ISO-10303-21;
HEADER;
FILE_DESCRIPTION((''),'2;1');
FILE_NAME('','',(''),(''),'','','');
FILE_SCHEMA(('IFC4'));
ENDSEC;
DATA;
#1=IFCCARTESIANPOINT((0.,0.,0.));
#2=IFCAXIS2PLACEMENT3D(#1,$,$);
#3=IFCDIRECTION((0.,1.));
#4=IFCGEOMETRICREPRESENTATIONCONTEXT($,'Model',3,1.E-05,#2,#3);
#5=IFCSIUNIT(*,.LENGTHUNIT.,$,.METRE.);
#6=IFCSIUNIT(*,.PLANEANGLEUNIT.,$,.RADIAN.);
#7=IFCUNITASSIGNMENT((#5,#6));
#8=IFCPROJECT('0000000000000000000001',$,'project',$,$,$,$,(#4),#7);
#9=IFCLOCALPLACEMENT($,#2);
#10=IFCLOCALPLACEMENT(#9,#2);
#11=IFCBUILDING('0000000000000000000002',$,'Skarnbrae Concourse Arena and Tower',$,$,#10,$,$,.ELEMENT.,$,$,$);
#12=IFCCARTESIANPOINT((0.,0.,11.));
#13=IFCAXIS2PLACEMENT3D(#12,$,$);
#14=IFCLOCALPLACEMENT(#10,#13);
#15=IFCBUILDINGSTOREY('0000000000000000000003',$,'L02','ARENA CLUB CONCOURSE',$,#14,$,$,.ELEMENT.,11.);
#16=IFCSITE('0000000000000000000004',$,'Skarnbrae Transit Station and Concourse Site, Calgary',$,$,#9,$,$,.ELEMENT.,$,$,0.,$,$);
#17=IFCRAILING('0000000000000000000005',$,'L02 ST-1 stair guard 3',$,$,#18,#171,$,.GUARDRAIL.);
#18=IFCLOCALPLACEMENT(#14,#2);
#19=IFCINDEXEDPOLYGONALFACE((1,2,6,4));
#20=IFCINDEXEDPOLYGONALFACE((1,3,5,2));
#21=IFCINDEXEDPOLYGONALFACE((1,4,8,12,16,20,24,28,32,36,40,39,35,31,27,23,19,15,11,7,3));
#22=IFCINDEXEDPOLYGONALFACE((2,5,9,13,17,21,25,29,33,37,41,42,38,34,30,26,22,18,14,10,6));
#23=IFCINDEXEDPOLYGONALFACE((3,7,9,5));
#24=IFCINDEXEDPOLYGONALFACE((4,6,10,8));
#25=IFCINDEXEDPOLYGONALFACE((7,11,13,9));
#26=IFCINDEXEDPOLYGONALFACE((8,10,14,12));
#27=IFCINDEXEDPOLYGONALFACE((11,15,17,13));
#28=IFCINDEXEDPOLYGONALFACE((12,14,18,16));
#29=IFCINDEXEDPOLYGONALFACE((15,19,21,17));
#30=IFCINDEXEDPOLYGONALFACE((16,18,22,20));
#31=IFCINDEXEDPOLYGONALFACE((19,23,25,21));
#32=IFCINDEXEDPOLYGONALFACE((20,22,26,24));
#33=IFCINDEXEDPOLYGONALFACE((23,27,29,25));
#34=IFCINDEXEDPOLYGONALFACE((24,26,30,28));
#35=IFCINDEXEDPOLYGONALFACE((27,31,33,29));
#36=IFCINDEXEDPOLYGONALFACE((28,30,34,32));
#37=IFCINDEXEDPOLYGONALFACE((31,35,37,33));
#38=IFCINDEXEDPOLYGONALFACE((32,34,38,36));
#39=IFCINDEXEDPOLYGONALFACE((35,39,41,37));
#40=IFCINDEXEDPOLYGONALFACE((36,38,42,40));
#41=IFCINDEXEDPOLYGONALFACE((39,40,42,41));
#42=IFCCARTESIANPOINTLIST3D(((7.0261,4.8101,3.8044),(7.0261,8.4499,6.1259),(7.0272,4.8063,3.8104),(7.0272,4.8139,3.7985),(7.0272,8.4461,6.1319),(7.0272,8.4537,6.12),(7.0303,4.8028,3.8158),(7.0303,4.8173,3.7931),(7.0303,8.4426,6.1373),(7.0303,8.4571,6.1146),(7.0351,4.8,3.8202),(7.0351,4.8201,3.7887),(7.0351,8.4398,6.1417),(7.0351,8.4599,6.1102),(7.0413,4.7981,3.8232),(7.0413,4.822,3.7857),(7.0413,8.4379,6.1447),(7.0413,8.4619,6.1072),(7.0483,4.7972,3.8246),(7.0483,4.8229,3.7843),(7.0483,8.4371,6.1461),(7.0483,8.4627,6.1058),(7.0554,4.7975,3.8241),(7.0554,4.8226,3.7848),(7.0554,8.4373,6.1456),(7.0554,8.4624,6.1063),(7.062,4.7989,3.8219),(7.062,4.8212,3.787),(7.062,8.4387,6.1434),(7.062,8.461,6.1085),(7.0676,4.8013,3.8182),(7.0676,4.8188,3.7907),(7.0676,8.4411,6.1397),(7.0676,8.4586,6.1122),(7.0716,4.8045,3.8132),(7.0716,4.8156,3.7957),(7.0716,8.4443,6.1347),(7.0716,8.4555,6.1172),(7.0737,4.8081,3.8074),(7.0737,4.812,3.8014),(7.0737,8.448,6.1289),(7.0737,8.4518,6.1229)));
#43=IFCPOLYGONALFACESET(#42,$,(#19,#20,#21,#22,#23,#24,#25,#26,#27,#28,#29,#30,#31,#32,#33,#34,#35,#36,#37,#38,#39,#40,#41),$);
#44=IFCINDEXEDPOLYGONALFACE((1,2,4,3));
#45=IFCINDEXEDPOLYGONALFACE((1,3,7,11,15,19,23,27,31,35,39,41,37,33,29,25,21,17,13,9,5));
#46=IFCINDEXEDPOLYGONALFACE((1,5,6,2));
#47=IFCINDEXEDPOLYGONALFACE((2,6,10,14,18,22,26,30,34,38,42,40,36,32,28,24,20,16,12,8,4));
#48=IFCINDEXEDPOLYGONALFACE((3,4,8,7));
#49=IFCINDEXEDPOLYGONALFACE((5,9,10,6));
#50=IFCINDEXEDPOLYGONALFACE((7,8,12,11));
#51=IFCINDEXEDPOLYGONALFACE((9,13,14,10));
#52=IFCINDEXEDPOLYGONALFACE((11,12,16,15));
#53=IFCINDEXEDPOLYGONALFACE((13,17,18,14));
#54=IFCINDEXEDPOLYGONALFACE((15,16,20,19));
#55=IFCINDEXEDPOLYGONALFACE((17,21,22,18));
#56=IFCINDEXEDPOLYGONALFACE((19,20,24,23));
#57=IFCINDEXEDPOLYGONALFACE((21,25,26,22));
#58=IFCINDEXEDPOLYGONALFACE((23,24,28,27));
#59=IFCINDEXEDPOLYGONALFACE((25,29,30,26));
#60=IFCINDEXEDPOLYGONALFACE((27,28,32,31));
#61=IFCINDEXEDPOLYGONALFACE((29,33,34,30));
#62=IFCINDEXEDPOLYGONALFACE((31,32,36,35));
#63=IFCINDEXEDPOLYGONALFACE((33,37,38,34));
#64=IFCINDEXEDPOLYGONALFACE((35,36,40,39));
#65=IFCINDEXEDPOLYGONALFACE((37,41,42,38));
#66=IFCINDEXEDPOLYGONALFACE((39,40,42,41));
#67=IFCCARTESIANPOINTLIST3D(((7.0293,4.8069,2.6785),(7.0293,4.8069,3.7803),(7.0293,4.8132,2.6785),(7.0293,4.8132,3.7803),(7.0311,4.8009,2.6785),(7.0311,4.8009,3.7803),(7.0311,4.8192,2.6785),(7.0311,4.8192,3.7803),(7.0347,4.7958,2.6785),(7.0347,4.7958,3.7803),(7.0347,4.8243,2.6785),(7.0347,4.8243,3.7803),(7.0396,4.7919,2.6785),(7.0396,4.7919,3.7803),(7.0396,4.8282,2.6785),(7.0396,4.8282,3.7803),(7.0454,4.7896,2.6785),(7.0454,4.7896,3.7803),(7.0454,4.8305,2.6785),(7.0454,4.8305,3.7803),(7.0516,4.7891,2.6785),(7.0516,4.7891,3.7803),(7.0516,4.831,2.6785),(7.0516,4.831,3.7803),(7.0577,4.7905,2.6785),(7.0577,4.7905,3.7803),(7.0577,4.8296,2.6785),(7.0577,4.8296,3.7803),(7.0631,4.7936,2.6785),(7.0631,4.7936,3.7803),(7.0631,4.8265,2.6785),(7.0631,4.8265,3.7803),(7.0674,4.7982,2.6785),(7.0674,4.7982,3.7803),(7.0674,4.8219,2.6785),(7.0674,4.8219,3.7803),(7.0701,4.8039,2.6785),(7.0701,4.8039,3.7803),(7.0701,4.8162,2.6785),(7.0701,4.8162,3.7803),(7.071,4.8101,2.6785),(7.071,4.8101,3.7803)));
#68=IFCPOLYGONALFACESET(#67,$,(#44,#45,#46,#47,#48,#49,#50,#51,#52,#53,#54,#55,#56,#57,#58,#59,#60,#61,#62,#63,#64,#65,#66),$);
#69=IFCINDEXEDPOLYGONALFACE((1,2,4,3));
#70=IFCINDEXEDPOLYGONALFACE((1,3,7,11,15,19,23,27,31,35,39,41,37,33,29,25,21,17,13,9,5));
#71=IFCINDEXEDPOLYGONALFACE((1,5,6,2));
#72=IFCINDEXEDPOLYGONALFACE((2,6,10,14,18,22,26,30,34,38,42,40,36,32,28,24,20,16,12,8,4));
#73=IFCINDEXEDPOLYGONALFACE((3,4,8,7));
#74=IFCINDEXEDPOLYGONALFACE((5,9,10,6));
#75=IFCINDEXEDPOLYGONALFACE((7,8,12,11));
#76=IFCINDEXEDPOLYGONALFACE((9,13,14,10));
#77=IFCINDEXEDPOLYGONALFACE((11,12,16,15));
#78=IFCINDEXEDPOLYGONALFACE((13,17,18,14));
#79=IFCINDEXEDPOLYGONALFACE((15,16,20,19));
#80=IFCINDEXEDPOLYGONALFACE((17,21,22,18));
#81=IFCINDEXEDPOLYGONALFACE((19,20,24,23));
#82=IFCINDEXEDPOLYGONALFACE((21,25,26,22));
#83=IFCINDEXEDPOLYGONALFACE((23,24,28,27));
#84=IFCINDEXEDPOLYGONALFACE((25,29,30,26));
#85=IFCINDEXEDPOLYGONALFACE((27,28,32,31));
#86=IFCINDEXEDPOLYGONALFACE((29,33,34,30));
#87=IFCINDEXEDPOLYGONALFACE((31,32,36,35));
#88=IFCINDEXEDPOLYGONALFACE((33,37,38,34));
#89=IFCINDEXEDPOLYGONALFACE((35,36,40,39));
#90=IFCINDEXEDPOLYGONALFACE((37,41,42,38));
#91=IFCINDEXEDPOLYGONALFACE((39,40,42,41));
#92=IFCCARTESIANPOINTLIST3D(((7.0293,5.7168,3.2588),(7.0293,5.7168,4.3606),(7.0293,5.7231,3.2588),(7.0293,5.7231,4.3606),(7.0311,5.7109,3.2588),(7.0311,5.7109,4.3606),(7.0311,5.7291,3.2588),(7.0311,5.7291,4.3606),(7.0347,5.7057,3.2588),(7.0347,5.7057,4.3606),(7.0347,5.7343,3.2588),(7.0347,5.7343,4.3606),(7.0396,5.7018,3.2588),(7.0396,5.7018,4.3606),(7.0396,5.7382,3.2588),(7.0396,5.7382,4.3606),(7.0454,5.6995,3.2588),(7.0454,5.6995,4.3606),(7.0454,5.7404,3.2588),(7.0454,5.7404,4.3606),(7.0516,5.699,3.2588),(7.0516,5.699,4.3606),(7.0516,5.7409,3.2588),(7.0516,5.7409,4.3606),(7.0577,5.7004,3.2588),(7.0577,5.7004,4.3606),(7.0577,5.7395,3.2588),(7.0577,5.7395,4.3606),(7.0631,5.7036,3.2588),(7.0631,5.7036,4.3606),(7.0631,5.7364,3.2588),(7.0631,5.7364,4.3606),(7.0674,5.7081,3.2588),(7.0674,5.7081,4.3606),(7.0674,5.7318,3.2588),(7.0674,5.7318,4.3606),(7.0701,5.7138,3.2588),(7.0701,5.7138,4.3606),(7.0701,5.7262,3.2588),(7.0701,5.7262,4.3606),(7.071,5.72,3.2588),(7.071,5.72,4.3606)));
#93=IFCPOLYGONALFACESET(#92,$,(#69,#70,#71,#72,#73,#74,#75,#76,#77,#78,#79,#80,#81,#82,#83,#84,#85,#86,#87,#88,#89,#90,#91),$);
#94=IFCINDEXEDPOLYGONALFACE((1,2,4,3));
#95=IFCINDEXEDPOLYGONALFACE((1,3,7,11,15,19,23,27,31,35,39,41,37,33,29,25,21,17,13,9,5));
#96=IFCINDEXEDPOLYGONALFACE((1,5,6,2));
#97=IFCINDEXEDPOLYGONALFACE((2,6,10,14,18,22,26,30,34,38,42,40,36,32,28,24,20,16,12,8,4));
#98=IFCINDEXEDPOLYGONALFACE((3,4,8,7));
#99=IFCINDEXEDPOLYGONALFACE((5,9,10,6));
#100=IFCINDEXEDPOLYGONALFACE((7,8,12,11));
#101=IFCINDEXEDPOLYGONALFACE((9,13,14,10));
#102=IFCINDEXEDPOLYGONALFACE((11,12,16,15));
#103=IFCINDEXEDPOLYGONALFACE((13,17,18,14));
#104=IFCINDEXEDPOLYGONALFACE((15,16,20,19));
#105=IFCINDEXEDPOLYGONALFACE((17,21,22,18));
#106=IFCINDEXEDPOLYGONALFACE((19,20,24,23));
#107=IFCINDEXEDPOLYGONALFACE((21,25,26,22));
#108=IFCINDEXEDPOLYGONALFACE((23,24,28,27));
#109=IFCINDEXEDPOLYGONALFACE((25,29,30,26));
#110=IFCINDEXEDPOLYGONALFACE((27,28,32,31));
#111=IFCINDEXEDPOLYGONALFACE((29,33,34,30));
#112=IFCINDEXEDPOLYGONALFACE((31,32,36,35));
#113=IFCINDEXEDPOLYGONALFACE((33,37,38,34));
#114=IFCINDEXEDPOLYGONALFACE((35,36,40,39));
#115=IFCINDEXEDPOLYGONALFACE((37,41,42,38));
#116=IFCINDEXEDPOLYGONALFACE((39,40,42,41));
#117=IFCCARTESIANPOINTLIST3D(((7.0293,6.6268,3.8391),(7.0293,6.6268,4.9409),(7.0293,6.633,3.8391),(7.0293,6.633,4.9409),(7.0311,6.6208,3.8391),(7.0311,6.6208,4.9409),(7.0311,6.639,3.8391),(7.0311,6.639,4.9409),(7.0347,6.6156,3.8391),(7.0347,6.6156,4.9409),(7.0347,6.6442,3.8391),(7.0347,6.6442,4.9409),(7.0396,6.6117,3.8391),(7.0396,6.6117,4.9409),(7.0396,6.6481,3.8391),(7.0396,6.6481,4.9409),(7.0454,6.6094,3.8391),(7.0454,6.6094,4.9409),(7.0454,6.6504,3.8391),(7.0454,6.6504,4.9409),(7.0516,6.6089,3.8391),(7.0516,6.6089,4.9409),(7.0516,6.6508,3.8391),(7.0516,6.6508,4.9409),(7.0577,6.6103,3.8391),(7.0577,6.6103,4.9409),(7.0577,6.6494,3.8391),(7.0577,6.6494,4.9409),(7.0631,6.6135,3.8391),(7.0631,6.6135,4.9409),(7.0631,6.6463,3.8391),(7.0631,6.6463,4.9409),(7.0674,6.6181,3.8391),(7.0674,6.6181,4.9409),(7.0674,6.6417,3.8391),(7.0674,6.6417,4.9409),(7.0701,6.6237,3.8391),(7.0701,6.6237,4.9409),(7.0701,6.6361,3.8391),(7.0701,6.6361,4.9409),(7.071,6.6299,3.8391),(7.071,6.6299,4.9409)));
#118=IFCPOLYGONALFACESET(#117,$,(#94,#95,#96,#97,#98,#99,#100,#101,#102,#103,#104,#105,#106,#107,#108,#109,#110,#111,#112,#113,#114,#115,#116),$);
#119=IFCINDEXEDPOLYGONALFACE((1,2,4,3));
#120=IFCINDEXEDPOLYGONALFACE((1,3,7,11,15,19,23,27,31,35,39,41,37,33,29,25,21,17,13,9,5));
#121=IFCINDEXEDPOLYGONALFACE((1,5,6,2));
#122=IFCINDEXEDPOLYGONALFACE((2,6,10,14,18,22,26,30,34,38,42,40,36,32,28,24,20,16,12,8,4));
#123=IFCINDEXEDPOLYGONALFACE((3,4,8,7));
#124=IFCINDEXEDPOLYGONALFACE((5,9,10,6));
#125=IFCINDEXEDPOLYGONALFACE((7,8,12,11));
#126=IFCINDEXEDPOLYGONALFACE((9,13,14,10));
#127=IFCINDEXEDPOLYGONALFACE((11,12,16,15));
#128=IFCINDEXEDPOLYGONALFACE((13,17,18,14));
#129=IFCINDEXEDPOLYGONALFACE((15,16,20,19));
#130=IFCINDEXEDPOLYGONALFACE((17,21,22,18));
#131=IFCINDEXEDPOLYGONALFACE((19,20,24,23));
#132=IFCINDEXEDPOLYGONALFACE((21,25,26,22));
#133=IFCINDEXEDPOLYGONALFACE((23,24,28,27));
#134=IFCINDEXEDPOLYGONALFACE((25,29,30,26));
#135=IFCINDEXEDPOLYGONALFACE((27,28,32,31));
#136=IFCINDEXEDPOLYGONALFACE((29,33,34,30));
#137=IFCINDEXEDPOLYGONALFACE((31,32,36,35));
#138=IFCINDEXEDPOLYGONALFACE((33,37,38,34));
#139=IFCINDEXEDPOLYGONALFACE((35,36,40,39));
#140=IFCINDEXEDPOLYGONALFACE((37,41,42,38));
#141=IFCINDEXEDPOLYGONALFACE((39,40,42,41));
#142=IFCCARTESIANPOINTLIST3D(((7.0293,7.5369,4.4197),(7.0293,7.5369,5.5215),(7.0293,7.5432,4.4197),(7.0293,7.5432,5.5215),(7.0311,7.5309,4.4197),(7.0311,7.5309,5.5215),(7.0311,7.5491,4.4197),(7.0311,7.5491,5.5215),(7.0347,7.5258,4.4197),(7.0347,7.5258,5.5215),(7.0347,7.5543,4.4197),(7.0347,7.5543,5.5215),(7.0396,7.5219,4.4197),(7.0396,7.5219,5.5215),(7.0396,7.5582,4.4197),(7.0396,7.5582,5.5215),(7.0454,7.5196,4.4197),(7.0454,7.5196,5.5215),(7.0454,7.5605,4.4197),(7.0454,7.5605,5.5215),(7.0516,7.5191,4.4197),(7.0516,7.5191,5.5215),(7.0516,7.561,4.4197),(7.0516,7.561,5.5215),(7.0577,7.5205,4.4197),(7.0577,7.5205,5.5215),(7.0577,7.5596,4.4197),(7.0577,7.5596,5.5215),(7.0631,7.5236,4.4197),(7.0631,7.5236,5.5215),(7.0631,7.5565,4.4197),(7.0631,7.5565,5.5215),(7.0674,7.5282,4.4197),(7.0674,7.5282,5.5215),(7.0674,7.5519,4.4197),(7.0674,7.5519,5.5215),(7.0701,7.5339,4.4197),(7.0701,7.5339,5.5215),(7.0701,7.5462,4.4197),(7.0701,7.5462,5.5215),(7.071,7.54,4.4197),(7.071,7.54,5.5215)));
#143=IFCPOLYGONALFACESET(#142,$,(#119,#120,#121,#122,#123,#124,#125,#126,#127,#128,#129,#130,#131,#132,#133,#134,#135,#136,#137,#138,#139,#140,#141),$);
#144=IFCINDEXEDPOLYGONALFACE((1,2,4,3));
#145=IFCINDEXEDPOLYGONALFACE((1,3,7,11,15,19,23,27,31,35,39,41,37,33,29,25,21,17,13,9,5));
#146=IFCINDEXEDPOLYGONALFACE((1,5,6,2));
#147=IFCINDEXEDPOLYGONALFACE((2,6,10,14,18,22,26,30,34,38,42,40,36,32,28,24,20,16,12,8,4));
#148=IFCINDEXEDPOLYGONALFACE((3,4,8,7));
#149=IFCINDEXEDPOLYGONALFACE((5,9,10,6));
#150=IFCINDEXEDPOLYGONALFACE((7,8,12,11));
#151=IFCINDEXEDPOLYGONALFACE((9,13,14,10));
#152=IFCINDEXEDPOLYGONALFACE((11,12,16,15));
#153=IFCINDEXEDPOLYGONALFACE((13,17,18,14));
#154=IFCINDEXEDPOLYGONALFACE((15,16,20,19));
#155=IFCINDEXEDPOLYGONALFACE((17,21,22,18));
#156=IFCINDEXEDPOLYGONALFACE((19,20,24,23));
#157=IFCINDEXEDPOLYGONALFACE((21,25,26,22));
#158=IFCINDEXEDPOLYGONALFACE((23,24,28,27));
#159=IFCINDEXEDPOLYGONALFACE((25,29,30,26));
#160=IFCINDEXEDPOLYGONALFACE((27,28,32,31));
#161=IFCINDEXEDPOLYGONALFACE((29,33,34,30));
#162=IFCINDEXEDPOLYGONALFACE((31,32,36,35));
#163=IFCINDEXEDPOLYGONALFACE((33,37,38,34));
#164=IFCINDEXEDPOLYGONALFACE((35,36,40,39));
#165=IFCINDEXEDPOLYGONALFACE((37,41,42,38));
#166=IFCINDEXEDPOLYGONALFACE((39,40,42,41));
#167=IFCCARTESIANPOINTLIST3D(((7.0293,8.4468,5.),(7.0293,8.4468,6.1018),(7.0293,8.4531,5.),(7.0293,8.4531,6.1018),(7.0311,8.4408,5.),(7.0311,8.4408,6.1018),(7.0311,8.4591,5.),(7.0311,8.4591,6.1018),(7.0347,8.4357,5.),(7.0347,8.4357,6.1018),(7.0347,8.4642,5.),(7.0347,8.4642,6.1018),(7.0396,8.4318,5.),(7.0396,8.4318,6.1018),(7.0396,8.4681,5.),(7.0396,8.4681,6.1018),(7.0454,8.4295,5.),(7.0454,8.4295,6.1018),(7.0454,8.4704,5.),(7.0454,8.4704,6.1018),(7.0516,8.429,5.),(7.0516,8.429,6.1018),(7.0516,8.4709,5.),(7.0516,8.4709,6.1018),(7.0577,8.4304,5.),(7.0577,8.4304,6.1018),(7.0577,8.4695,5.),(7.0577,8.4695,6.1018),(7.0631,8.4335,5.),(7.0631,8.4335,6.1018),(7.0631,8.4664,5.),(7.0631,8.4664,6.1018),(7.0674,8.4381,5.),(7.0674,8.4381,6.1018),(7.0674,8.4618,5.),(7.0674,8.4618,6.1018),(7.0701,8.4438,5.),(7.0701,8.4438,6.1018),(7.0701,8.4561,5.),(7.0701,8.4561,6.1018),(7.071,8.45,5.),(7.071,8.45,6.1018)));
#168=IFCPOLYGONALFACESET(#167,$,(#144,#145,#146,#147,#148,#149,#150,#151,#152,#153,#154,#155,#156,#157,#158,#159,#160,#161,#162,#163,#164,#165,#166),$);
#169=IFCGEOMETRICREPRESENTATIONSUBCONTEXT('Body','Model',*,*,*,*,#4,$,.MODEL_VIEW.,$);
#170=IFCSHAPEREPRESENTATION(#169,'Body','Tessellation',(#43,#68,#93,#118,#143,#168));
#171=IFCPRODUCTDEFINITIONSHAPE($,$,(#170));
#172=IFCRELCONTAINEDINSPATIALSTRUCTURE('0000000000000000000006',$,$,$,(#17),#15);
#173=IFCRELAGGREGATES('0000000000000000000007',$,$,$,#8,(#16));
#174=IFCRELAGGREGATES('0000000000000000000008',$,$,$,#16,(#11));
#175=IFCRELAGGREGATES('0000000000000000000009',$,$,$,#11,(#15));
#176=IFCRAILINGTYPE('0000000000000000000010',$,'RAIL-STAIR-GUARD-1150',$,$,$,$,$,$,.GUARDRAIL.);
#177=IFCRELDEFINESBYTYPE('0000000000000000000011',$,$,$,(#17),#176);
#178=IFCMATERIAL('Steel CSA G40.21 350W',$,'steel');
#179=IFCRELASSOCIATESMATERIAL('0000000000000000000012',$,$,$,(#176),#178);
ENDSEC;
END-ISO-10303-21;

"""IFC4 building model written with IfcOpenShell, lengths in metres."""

from ifc_helpers import new_model, si_unit, direction, frame, origin, origin_2d, place, context, subcontext, project, spatial, circle, extrude, material, type_object, element, save


model = new_model("IFC4")

# Units and contexts
model_context = context("Model", 3, precision=1e-05, world=origin(), true_north=direction((0.0, 1.0)))
body_context = subcontext(model_context, "Body", "Model", "MODEL_VIEW")
ifc_project = project(units=[si_unit("LENGTHUNIT", "METRE"), si_unit("PLANEANGLEUNIT", "RADIAN")], contexts=[model_context])

# Site, building, storey
site_placement = place(None, origin())
site = spatial("IfcSite", under=ifc_project, at=site_placement, Name="Skarnbrae Transit Station and Concourse Site, Calgary", CompositionType="ELEMENT", RefElevation=0.0)
building_placement = place(site_placement, origin())
building = spatial("IfcBuilding", under=site, at=building_placement, Name="Skarnbrae Concourse Arena and Tower", CompositionType="ELEMENT")
storey_placement = place(building_placement, frame((0.0, 0.0, 11.0)))
storey = spatial("IfcBuildingStorey", under=building, at=storey_placement, Name="L02", Description="ARENA CLUB CONCOURSE", CompositionType="ELEMENT", Elevation=11.0)

# Shared definitions
ifc_material_1 = material(Name="Steel CSA G40.21 350W", Category="steel")

# Railing
railing_type_1 = type_object("IfcRailingType", Name="RAIL-STAIR-GUARD-1150", PredefinedType="GUARDRAIL", material=ifc_material_1)
railing_1_placement = place(storey_placement, frame((7.05, 4.8101, 2.6785)))
element("IfcRailing", 1, at=railing_1_placement, inside=storey, type_object=railing_type_1, Name="L02 ST-1 stair guard 3", PredefinedType="GUARDRAIL", context=body_context, shape_type="SweptSolid", body=[
    extrude(circle(Radius=0.0239, at=origin_2d()), frame((0.0, 0.0, 1.126), z_axis=(0.0, 0.843112, 0.537739), x_axis=(-1.0, 0.0, 0.0)), (0.0, 0.0, 1.0), 4.3171),
    extrude(circle(Radius=0.021, at=origin_2d()), origin(), (0.0, 0.0, 1.0), 1.1018),
    extrude(circle(Radius=0.021, at=origin_2d()), frame((0.0, 0.9099, 0.5803)), (0.0, 0.0, 1.0), 1.1018),
    extrude(circle(Radius=0.021, at=origin_2d()), frame((0.0, 1.8198, 1.1606)), (0.0, 0.0, 1.0), 1.1018),
    extrude(circle(Radius=0.021, at=origin_2d()), frame((0.0, 2.73, 1.7412)), (0.0, 0.0, 1.0), 1.1018),
    extrude(circle(Radius=0.021, at=origin_2d()), frame((0.0, 3.6399, 2.3215)), (0.0, 0.0, 1.0), 1.1018),
])

save(model, "model.ifc")
